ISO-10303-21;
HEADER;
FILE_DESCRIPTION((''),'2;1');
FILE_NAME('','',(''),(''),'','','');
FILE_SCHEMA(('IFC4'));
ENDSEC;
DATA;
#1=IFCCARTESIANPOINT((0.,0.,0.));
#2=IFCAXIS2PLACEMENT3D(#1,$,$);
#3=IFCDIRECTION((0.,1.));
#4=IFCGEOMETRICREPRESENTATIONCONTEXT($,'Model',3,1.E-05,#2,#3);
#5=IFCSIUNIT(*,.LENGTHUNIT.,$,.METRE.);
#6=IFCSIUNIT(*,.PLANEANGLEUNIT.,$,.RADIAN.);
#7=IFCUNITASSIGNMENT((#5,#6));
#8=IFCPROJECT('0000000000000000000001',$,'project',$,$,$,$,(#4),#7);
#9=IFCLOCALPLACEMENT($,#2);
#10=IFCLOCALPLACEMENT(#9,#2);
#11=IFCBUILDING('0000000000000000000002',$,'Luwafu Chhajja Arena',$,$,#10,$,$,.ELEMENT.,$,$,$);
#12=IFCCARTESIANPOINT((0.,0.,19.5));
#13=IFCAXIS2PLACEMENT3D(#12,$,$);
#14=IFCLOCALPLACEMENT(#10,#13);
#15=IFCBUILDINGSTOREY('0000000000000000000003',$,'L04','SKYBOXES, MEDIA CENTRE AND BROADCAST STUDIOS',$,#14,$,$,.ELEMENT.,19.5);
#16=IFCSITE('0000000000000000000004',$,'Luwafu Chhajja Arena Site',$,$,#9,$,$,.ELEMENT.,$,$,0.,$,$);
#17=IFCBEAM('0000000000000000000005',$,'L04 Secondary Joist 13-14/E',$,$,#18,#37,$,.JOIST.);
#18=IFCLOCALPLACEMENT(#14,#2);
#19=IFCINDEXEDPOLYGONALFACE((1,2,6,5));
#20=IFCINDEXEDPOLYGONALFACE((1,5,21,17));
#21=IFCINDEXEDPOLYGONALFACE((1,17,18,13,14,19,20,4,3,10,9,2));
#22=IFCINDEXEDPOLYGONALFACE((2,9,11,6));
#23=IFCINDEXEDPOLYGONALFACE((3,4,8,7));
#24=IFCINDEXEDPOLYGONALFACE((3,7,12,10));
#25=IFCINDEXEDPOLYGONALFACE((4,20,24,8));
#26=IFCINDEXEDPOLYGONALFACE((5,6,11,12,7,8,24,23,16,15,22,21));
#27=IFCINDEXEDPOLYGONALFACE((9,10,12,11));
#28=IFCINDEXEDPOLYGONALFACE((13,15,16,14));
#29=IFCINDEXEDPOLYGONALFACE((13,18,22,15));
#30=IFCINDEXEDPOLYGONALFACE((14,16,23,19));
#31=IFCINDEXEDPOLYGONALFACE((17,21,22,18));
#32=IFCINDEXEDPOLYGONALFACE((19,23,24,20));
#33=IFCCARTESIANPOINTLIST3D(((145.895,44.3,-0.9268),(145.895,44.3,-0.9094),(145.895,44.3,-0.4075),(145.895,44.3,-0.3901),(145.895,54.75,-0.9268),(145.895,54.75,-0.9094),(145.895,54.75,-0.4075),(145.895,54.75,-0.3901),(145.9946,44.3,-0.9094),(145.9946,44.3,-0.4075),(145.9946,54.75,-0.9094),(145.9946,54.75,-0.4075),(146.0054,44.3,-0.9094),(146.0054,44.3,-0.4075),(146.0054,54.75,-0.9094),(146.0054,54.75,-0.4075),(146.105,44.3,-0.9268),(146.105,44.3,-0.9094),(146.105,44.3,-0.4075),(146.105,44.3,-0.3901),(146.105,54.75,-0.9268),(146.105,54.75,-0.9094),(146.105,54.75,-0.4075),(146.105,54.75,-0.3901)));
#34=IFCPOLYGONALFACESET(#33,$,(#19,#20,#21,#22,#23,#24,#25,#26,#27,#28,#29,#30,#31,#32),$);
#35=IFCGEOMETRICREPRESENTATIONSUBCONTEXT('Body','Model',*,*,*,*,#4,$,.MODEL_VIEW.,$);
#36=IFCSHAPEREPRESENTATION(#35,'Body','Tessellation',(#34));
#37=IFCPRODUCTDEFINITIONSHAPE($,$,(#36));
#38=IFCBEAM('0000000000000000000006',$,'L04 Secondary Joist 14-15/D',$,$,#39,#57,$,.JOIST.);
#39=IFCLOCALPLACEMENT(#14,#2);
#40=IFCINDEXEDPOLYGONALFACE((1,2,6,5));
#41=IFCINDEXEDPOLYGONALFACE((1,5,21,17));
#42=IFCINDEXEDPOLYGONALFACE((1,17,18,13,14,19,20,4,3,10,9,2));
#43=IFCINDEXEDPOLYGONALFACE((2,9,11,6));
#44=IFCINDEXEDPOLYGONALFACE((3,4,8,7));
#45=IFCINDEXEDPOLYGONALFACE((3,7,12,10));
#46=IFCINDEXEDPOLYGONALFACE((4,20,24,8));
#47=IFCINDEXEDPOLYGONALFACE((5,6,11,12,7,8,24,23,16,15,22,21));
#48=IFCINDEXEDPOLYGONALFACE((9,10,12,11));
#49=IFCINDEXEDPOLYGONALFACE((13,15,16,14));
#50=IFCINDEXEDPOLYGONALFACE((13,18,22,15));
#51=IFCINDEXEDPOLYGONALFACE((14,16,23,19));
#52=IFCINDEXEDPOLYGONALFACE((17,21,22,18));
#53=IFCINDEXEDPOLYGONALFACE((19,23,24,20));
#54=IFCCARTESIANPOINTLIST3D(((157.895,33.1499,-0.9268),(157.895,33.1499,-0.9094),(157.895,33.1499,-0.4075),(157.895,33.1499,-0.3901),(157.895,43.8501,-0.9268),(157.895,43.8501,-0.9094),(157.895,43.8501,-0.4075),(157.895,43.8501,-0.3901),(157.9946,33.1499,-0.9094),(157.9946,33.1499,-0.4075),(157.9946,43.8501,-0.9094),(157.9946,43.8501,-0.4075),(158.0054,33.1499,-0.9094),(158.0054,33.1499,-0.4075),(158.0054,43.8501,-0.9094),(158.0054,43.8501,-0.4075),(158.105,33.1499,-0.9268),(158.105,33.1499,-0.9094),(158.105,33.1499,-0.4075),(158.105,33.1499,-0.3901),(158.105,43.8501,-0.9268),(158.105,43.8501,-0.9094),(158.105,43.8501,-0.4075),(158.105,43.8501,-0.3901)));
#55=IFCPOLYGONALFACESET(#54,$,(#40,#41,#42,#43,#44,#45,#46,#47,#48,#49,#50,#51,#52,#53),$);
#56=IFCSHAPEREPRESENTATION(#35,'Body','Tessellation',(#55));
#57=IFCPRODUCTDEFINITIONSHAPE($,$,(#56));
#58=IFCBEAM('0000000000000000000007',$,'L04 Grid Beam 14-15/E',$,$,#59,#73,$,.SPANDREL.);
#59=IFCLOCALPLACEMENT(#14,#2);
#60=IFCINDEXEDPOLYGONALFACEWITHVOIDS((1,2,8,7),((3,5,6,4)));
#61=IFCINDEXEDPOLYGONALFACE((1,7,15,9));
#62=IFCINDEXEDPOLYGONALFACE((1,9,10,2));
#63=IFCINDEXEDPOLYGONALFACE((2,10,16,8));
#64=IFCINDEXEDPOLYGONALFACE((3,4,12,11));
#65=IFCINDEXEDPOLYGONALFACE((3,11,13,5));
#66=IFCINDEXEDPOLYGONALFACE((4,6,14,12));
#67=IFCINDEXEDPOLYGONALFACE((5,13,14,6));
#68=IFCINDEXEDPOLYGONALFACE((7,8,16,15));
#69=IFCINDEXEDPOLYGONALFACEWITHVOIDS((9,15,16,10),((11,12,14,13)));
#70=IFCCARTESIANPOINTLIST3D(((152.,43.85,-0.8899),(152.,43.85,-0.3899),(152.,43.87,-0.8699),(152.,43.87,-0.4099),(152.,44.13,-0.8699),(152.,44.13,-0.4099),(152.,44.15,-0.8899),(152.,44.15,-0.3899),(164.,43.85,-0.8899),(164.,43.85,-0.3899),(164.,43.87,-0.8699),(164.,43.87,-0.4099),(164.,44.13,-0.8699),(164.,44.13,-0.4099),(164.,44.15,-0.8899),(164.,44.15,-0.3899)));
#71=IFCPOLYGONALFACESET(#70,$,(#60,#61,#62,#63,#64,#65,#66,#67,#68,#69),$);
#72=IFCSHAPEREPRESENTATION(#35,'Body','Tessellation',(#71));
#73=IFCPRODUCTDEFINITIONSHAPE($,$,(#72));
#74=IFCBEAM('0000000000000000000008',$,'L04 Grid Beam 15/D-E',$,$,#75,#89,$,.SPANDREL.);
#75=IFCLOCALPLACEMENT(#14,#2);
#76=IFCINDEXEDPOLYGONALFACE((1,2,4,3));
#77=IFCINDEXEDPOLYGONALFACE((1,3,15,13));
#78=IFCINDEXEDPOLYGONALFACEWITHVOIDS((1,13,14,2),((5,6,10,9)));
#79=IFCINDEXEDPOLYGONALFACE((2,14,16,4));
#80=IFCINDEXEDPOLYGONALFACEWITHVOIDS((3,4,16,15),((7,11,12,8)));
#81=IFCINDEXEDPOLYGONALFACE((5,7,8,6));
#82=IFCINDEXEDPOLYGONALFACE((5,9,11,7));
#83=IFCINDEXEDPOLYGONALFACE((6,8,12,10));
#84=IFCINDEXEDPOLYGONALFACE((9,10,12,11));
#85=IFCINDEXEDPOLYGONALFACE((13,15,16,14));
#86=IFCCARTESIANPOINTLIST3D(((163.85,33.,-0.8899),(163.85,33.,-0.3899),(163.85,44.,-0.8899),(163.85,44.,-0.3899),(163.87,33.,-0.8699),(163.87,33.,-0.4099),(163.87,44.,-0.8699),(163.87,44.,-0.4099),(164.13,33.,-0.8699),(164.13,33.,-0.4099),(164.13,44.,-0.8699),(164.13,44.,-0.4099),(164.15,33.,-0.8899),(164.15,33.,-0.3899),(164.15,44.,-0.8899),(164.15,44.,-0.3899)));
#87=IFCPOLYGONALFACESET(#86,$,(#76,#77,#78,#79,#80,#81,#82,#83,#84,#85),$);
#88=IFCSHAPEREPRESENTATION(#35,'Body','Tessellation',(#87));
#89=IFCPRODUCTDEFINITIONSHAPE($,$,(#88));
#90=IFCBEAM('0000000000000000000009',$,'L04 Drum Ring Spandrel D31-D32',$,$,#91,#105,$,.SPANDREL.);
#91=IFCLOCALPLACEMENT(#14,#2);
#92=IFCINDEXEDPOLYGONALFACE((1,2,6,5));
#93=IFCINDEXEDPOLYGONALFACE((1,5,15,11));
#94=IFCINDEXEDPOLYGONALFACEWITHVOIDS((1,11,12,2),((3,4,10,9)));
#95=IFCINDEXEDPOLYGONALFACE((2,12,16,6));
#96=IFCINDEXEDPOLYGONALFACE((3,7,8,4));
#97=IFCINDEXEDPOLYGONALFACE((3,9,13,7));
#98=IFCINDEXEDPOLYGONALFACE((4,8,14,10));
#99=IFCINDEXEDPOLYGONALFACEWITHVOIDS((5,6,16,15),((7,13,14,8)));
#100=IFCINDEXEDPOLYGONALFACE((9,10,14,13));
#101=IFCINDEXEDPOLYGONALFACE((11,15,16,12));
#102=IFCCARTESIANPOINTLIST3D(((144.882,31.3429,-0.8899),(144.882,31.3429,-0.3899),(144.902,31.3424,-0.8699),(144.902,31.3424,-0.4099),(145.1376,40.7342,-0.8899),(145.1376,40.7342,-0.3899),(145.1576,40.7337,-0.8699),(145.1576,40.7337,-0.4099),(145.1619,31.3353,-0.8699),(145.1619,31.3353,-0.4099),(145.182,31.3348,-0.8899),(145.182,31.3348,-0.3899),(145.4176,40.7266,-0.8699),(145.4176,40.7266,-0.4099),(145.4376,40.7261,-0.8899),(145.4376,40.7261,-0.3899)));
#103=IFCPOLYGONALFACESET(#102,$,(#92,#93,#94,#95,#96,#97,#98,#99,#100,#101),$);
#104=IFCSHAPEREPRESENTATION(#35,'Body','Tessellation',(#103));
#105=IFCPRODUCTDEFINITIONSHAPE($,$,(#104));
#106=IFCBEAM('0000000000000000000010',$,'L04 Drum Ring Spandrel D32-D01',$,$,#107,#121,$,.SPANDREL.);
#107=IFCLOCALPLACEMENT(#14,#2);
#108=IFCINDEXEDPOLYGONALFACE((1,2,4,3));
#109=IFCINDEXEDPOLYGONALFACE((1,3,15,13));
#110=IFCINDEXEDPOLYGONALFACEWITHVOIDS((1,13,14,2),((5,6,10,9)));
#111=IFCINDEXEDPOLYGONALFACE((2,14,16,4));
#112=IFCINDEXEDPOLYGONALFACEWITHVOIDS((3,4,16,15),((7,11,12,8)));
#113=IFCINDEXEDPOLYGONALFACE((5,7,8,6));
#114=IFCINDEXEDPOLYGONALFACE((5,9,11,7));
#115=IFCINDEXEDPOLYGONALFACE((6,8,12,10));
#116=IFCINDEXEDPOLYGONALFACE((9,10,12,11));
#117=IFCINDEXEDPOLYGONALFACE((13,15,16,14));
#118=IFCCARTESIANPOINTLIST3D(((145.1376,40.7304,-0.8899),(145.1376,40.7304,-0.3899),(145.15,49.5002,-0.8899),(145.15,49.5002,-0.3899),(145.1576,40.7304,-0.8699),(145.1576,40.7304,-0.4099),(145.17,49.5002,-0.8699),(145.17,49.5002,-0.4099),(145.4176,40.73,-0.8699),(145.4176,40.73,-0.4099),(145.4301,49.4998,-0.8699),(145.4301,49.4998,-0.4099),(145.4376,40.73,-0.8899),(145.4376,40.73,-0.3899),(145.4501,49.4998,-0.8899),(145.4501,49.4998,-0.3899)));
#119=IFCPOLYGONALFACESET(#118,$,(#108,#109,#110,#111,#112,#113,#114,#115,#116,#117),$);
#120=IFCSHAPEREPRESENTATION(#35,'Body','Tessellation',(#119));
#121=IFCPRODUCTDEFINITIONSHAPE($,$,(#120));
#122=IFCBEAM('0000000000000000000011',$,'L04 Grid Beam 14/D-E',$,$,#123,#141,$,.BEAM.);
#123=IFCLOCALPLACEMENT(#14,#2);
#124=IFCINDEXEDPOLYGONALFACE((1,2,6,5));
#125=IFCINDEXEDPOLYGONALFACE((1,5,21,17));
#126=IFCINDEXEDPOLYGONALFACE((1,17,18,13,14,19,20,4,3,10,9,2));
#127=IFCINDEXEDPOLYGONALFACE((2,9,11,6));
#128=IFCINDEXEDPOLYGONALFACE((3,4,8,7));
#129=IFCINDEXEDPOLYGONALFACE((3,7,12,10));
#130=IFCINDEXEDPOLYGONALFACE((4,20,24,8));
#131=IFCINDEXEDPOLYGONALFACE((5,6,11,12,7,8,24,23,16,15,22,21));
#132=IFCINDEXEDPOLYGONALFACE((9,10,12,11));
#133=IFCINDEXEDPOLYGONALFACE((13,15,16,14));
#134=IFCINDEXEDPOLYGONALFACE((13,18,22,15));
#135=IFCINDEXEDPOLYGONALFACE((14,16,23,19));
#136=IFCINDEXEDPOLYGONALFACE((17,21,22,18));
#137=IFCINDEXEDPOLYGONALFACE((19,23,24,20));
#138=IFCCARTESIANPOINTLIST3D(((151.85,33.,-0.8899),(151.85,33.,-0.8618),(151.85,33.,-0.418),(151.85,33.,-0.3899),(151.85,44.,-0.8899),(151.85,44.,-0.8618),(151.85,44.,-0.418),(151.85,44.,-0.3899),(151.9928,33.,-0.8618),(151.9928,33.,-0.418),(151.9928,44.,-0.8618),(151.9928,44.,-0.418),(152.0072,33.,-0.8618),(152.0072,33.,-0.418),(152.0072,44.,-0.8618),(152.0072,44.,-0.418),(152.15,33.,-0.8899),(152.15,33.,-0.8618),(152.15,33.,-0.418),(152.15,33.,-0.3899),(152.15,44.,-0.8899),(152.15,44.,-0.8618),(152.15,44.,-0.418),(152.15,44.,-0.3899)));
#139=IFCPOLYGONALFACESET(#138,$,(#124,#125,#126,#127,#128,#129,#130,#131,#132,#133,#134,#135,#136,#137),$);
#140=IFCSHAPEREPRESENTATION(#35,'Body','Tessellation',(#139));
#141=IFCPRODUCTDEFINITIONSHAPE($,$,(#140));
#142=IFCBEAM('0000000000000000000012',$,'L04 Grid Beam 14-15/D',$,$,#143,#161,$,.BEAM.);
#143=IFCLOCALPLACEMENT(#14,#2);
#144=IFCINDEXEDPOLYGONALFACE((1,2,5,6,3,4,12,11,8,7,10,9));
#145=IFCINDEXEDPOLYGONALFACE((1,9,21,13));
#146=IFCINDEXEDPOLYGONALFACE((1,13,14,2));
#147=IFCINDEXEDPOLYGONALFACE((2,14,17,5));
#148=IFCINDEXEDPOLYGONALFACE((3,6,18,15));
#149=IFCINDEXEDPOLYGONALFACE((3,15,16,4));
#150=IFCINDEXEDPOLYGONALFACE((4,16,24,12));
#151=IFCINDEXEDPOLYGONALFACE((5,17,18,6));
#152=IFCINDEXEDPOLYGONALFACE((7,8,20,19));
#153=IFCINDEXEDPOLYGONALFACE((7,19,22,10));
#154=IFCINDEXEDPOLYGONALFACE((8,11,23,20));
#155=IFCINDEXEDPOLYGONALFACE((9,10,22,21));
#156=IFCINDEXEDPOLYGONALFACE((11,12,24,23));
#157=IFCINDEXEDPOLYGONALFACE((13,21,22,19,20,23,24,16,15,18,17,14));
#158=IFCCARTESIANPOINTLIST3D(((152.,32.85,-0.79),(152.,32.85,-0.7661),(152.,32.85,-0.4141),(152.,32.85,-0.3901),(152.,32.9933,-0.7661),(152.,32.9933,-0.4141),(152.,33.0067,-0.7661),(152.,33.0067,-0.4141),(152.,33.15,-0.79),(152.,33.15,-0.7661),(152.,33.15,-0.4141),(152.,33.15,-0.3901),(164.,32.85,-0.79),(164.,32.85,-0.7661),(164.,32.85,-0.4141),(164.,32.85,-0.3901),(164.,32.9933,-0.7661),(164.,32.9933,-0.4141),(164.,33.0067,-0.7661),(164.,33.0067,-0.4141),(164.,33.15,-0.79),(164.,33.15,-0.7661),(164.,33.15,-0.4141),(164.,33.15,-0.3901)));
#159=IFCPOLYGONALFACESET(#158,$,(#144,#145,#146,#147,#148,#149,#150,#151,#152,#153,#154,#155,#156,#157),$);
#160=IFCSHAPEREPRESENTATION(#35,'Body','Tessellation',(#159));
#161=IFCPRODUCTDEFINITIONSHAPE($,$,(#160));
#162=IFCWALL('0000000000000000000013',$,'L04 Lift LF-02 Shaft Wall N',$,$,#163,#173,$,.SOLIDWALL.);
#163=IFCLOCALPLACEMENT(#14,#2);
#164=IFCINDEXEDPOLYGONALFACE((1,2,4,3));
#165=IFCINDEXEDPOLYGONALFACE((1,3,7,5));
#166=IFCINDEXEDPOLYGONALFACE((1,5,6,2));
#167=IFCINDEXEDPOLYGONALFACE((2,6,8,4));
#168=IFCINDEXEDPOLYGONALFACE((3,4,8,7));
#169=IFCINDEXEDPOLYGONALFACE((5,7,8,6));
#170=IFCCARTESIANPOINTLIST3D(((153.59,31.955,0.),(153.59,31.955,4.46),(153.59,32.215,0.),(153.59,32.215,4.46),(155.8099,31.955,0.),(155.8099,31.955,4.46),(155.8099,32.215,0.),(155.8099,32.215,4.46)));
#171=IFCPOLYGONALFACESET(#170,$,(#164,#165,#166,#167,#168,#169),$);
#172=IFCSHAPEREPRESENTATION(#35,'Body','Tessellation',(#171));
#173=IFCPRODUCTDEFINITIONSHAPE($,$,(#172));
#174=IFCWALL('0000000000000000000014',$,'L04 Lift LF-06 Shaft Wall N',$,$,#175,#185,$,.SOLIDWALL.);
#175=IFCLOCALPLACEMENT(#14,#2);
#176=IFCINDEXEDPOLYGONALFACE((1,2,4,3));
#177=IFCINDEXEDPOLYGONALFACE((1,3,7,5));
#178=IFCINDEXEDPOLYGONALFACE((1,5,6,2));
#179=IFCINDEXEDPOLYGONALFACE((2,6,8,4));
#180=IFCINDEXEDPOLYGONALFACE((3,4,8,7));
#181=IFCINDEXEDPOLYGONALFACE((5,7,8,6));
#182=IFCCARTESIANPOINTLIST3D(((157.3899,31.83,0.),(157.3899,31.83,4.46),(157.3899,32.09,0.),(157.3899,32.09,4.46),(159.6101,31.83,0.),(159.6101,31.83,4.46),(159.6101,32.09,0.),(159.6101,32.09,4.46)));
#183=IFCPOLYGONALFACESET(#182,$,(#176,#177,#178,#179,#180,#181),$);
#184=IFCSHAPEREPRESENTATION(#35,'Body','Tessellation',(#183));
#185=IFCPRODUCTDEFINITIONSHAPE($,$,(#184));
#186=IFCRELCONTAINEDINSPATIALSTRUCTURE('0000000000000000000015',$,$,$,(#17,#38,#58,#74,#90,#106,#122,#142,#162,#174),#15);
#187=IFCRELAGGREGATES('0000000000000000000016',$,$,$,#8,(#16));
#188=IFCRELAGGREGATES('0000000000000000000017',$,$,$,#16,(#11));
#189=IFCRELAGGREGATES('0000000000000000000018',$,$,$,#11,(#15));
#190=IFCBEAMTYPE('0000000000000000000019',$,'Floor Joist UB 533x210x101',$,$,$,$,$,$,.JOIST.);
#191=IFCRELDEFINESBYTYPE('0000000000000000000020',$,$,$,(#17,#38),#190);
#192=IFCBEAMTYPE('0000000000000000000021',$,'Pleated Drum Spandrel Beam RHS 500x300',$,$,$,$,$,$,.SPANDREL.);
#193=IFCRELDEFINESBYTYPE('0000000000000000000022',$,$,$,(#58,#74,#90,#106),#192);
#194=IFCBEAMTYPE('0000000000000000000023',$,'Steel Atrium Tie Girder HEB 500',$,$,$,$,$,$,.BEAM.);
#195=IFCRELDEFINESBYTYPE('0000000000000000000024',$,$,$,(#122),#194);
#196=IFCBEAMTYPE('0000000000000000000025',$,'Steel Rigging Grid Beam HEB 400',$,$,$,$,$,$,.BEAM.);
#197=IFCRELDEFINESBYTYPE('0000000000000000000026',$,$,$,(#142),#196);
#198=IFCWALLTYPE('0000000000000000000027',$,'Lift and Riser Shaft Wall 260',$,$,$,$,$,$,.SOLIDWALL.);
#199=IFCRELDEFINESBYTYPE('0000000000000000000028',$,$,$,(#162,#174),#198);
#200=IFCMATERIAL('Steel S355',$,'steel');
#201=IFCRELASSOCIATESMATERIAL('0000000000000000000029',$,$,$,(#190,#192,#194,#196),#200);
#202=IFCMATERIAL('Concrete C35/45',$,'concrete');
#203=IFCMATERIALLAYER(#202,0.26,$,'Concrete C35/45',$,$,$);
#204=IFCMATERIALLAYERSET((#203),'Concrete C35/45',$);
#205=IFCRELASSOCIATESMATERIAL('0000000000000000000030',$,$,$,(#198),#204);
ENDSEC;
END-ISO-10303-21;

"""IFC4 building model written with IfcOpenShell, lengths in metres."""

from ifc_helpers import new_model, si_unit, direction, frame, frame_2d, origin, origin_2d, place, context, subcontext, project, spatial, rectangle, hollow_rectangle, i_section, extrude, material, layer, layer_set, material_profile, profile_set, type_object, element, save


model = new_model("IFC4")

# Units and contexts
model_context = context("Model", 3, precision=1e-05, world=origin(), true_north=direction((0.0, 1.0)))
body_context = subcontext(model_context, "Body", "Model", "MODEL_VIEW")
ifc_project = project(units=[si_unit("LENGTHUNIT", "METRE"), si_unit("PLANEANGLEUNIT", "RADIAN")], contexts=[model_context])

# Site, building, storey
site_placement = place(None, origin())
site = spatial("IfcSite", under=ifc_project, at=site_placement, Name="Luwafu Chhajja Arena Site", CompositionType="ELEMENT", RefElevation=0.0)
building_placement = place(site_placement, origin())
building = spatial("IfcBuilding", under=site, at=building_placement, Name="Luwafu Chhajja Arena", CompositionType="ELEMENT")
storey_placement = place(building_placement, frame((0.0, 0.0, 19.5)))
storey = spatial("IfcBuildingStorey", under=building, at=storey_placement, Name="L04", Description="SKYBOXES, MEDIA CENTRE AND BROADCAST STUDIOS", CompositionType="ELEMENT", Elevation=19.5)

# Shared definitions
ifc_material_1 = material(Name="Concrete C35/45", Category="concrete")
ifc_material_2 = material(Name="Steel S355", Category="steel")

# Beams
ifc_material_profile_1 = material_profile(ifc_material_2, i_section(OverallWidth=0.21, OverallDepth=0.5366, WebThickness=0.0107, FlangeThickness=0.0173, at=origin_2d()), Name="UB 533x210x101")
ifc_profile_set_1 = profile_set([ifc_material_profile_1], Name="Steel S355")
beam_type_1 = type_object("IfcBeamType", Name="Floor Joist UB 533x210x101", PredefinedType="JOIST", material=ifc_profile_set_1)
beam_1_placement = place(storey_placement, frame((146.0, 44.3, -0.6584), z_axis=(0.0, 1.0, 0.0), x_axis=(-1.0, 0.0, 0.0)))
element("IfcBeam", 1, at=beam_1_placement, inside=storey, type_object=beam_type_1, Name="L04 Secondary Joist 13-14/E", PredefinedType="JOIST", context=body_context, shape_type="SweptSolid", body=[
    extrude(i_section(OverallWidth=0.21, OverallDepth=0.5366, WebThickness=0.0107, FlangeThickness=0.0173, at=origin_2d()), origin(), (0.0, 0.0, 1.0), 10.45),
])
beam_2_placement = place(storey_placement, frame((158.0, 33.1499, -0.6584), z_axis=(0.0, 1.0, 0.0), x_axis=(-1.0, 0.0, 0.0)))
element("IfcBeam", 2, at=beam_2_placement, inside=storey, type_object=beam_type_1, Name="L04 Secondary Joist 14-15/D", PredefinedType="JOIST", context=body_context, shape_type="SweptSolid", body=[
    extrude(i_section(OverallWidth=0.21, OverallDepth=0.5366, WebThickness=0.0107, FlangeThickness=0.0173, at=origin_2d()), origin(), (0.0, 0.0, 1.0), 10.7002),
])
ifc_material_profile_2 = material_profile(ifc_material_2, hollow_rectangle(XDim=0.3, YDim=0.5, WallThickness=0.02, at=origin_2d()), Name="RHS 500x300x20")
ifc_profile_set_2 = profile_set([ifc_material_profile_2], Name="Steel S355")
beam_type_2 = type_object("IfcBeamType", Name="Pleated Drum Spandrel Beam RHS 500x300", PredefinedType="SPANDREL", material=ifc_profile_set_2)
beam_3_placement = place(storey_placement, frame((152.0, 44.0, -0.6399), z_axis=(1.0, 0.0, 0.0), x_axis=(0.0, 1.0, 0.0)))
element("IfcBeam", 3, at=beam_3_placement, inside=storey, type_object=beam_type_2, Name="L04 Grid Beam 14-15/E", PredefinedType="SPANDREL", context=body_context, shape_type="SweptSolid", body=[
    extrude(hollow_rectangle(XDim=0.3, YDim=0.5, WallThickness=0.02, at=origin_2d()), origin(), (0.0, 0.0, 1.0), 12.0),
])
beam_4_placement = place(storey_placement, frame((164.0, 33.0, -0.6399), z_axis=(0.0, 1.0, 0.0), x_axis=(-1.0, 0.0, 0.0)))
element("IfcBeam", 4, at=beam_4_placement, inside=storey, type_object=beam_type_2, Name="L04 Grid Beam 15/D-E", PredefinedType="SPANDREL", context=body_context, shape_type="SweptSolid", body=[
    extrude(hollow_rectangle(XDim=0.3, YDim=0.5, WallThickness=0.02, at=origin_2d()), origin(), (0.0, 0.0, 1.0), 11.0),
])
beam_5_placement = place(storey_placement, frame((145.032, 31.3389, -0.6399), z_axis=(0.027208, 0.99963, 0.0), x_axis=(-0.99963, 0.027208, 0.0)))
element("IfcBeam", 5, at=beam_5_placement, inside=storey, type_object=beam_type_2, Name="L04 Drum Ring Spandrel D31-D32", PredefinedType="SPANDREL", context=body_context, shape_type="SweptSolid", body=[
    extrude(hollow_rectangle(XDim=0.3, YDim=0.5, WallThickness=0.02, at=origin_2d()), origin(), (0.0, 0.0, 1.0), 9.3948),
])
beam_6_placement = place(storey_placement, frame((145.2876, 40.7302, -0.6399), z_axis=(0.00142, 0.999999, 0.0), x_axis=(-0.999999, 0.00142, 0.0)))
element("IfcBeam", 6, at=beam_6_placement, inside=storey, type_object=beam_type_2, Name="L04 Drum Ring Spandrel D32-D01", PredefinedType="SPANDREL", context=body_context, shape_type="SweptSolid", body=[
    extrude(hollow_rectangle(XDim=0.3, YDim=0.5, WallThickness=0.02, at=origin_2d()), origin(), (0.0, 0.0, 1.0), 8.7698),
])
ifc_material_profile_3 = material_profile(ifc_material_2, i_section(OverallWidth=0.3, OverallDepth=0.5, WebThickness=0.0144, FlangeThickness=0.0281, at=origin_2d()), Name="HEB 500")
ifc_profile_set_3 = profile_set([ifc_material_profile_3], Name="Steel S355")
beam_type_3 = type_object("IfcBeamType", Name="Steel Atrium Tie Girder HEB 500", PredefinedType="BEAM", material=ifc_profile_set_3)
beam_7_placement = place(storey_placement, frame((152.0, 33.0, -0.6399), z_axis=(0.0, 1.0, 0.0), x_axis=(-1.0, 0.0, 0.0)))
element("IfcBeam", 7, at=beam_7_placement, inside=storey, type_object=beam_type_3, Name="L04 Grid Beam 14/D-E", PredefinedType="BEAM", context=body_context, shape_type="SweptSolid", body=[
    extrude(i_section(OverallWidth=0.3, OverallDepth=0.5, WebThickness=0.0144, FlangeThickness=0.0281, at=origin_2d()), origin(), (0.0, 0.0, 1.0), 11.0),
])
ifc_material_profile_4 = material_profile(ifc_material_2, i_section(OverallWidth=0.3, OverallDepth=0.3999, WebThickness=0.0134, FlangeThickness=0.0239, at=origin_2d()), Name="HEB 400")
ifc_profile_set_4 = profile_set([ifc_material_profile_4], Name="Steel S355")
beam_type_4 = type_object("IfcBeamType", Name="Steel Rigging Grid Beam HEB 400", PredefinedType="BEAM", material=ifc_profile_set_4)
beam_8_placement = place(storey_placement, frame((152.0, 33.0, -0.5901), z_axis=(1.0, 0.0, 0.0), x_axis=(0.0, 1.0, 0.0)))
element("IfcBeam", 8, at=beam_8_placement, inside=storey, type_object=beam_type_4, Name="L04 Grid Beam 14-15/D", PredefinedType="BEAM", context=body_context, shape_type="SweptSolid", body=[
    extrude(i_section(OverallWidth=0.3, OverallDepth=0.3999, WebThickness=0.0134, FlangeThickness=0.0239, at=origin_2d()), origin(), (0.0, 0.0, 1.0), 12.0),
])

# Walls
ifc_layer_1 = layer(ifc_material_1, 0.26, Name="Concrete C35/45")
ifc_layer_set_1 = layer_set([ifc_layer_1], Name="Concrete C35/45")
wall_type_1 = type_object("IfcWallType", Name="Lift and Riser Shaft Wall 260", PredefinedType="SOLIDWALL", material=ifc_layer_set_1)
wall_1_placement = place(storey_placement, frame((153.5901, 32.085, 0.0), z_axis=(0.0, 0.0, 1.0), x_axis=(1.0, 0.0, 0.0)))
element("IfcWall", 9, at=wall_1_placement, inside=storey, type_object=wall_type_1, Name="L04 Lift LF-02 Shaft Wall N", PredefinedType="SOLIDWALL", context=body_context, shape_type="SweptSolid", body=[
    extrude(rectangle(XDim=2.22, YDim=0.26, at=frame_2d((1.1099, 0.0))), origin(), (0.0, 0.0, 1.0), 4.46),
])
wall_2_placement = place(storey_placement, frame((157.3899, 31.96, 0.0), z_axis=(0.0, 0.0, 1.0), x_axis=(1.0, 0.0, 0.0)))
element("IfcWall", 10, at=wall_2_placement, inside=storey, type_object=wall_type_1, Name="L04 Lift LF-06 Shaft Wall N", PredefinedType="SOLIDWALL", context=body_context, shape_type="SweptSolid", body=[
    extrude(rectangle(XDim=2.2202, YDim=0.26, at=frame_2d((1.1101, 0.0))), origin(), (0.0, 0.0, 1.0), 4.46),
])

save(model, "model.ifc")
